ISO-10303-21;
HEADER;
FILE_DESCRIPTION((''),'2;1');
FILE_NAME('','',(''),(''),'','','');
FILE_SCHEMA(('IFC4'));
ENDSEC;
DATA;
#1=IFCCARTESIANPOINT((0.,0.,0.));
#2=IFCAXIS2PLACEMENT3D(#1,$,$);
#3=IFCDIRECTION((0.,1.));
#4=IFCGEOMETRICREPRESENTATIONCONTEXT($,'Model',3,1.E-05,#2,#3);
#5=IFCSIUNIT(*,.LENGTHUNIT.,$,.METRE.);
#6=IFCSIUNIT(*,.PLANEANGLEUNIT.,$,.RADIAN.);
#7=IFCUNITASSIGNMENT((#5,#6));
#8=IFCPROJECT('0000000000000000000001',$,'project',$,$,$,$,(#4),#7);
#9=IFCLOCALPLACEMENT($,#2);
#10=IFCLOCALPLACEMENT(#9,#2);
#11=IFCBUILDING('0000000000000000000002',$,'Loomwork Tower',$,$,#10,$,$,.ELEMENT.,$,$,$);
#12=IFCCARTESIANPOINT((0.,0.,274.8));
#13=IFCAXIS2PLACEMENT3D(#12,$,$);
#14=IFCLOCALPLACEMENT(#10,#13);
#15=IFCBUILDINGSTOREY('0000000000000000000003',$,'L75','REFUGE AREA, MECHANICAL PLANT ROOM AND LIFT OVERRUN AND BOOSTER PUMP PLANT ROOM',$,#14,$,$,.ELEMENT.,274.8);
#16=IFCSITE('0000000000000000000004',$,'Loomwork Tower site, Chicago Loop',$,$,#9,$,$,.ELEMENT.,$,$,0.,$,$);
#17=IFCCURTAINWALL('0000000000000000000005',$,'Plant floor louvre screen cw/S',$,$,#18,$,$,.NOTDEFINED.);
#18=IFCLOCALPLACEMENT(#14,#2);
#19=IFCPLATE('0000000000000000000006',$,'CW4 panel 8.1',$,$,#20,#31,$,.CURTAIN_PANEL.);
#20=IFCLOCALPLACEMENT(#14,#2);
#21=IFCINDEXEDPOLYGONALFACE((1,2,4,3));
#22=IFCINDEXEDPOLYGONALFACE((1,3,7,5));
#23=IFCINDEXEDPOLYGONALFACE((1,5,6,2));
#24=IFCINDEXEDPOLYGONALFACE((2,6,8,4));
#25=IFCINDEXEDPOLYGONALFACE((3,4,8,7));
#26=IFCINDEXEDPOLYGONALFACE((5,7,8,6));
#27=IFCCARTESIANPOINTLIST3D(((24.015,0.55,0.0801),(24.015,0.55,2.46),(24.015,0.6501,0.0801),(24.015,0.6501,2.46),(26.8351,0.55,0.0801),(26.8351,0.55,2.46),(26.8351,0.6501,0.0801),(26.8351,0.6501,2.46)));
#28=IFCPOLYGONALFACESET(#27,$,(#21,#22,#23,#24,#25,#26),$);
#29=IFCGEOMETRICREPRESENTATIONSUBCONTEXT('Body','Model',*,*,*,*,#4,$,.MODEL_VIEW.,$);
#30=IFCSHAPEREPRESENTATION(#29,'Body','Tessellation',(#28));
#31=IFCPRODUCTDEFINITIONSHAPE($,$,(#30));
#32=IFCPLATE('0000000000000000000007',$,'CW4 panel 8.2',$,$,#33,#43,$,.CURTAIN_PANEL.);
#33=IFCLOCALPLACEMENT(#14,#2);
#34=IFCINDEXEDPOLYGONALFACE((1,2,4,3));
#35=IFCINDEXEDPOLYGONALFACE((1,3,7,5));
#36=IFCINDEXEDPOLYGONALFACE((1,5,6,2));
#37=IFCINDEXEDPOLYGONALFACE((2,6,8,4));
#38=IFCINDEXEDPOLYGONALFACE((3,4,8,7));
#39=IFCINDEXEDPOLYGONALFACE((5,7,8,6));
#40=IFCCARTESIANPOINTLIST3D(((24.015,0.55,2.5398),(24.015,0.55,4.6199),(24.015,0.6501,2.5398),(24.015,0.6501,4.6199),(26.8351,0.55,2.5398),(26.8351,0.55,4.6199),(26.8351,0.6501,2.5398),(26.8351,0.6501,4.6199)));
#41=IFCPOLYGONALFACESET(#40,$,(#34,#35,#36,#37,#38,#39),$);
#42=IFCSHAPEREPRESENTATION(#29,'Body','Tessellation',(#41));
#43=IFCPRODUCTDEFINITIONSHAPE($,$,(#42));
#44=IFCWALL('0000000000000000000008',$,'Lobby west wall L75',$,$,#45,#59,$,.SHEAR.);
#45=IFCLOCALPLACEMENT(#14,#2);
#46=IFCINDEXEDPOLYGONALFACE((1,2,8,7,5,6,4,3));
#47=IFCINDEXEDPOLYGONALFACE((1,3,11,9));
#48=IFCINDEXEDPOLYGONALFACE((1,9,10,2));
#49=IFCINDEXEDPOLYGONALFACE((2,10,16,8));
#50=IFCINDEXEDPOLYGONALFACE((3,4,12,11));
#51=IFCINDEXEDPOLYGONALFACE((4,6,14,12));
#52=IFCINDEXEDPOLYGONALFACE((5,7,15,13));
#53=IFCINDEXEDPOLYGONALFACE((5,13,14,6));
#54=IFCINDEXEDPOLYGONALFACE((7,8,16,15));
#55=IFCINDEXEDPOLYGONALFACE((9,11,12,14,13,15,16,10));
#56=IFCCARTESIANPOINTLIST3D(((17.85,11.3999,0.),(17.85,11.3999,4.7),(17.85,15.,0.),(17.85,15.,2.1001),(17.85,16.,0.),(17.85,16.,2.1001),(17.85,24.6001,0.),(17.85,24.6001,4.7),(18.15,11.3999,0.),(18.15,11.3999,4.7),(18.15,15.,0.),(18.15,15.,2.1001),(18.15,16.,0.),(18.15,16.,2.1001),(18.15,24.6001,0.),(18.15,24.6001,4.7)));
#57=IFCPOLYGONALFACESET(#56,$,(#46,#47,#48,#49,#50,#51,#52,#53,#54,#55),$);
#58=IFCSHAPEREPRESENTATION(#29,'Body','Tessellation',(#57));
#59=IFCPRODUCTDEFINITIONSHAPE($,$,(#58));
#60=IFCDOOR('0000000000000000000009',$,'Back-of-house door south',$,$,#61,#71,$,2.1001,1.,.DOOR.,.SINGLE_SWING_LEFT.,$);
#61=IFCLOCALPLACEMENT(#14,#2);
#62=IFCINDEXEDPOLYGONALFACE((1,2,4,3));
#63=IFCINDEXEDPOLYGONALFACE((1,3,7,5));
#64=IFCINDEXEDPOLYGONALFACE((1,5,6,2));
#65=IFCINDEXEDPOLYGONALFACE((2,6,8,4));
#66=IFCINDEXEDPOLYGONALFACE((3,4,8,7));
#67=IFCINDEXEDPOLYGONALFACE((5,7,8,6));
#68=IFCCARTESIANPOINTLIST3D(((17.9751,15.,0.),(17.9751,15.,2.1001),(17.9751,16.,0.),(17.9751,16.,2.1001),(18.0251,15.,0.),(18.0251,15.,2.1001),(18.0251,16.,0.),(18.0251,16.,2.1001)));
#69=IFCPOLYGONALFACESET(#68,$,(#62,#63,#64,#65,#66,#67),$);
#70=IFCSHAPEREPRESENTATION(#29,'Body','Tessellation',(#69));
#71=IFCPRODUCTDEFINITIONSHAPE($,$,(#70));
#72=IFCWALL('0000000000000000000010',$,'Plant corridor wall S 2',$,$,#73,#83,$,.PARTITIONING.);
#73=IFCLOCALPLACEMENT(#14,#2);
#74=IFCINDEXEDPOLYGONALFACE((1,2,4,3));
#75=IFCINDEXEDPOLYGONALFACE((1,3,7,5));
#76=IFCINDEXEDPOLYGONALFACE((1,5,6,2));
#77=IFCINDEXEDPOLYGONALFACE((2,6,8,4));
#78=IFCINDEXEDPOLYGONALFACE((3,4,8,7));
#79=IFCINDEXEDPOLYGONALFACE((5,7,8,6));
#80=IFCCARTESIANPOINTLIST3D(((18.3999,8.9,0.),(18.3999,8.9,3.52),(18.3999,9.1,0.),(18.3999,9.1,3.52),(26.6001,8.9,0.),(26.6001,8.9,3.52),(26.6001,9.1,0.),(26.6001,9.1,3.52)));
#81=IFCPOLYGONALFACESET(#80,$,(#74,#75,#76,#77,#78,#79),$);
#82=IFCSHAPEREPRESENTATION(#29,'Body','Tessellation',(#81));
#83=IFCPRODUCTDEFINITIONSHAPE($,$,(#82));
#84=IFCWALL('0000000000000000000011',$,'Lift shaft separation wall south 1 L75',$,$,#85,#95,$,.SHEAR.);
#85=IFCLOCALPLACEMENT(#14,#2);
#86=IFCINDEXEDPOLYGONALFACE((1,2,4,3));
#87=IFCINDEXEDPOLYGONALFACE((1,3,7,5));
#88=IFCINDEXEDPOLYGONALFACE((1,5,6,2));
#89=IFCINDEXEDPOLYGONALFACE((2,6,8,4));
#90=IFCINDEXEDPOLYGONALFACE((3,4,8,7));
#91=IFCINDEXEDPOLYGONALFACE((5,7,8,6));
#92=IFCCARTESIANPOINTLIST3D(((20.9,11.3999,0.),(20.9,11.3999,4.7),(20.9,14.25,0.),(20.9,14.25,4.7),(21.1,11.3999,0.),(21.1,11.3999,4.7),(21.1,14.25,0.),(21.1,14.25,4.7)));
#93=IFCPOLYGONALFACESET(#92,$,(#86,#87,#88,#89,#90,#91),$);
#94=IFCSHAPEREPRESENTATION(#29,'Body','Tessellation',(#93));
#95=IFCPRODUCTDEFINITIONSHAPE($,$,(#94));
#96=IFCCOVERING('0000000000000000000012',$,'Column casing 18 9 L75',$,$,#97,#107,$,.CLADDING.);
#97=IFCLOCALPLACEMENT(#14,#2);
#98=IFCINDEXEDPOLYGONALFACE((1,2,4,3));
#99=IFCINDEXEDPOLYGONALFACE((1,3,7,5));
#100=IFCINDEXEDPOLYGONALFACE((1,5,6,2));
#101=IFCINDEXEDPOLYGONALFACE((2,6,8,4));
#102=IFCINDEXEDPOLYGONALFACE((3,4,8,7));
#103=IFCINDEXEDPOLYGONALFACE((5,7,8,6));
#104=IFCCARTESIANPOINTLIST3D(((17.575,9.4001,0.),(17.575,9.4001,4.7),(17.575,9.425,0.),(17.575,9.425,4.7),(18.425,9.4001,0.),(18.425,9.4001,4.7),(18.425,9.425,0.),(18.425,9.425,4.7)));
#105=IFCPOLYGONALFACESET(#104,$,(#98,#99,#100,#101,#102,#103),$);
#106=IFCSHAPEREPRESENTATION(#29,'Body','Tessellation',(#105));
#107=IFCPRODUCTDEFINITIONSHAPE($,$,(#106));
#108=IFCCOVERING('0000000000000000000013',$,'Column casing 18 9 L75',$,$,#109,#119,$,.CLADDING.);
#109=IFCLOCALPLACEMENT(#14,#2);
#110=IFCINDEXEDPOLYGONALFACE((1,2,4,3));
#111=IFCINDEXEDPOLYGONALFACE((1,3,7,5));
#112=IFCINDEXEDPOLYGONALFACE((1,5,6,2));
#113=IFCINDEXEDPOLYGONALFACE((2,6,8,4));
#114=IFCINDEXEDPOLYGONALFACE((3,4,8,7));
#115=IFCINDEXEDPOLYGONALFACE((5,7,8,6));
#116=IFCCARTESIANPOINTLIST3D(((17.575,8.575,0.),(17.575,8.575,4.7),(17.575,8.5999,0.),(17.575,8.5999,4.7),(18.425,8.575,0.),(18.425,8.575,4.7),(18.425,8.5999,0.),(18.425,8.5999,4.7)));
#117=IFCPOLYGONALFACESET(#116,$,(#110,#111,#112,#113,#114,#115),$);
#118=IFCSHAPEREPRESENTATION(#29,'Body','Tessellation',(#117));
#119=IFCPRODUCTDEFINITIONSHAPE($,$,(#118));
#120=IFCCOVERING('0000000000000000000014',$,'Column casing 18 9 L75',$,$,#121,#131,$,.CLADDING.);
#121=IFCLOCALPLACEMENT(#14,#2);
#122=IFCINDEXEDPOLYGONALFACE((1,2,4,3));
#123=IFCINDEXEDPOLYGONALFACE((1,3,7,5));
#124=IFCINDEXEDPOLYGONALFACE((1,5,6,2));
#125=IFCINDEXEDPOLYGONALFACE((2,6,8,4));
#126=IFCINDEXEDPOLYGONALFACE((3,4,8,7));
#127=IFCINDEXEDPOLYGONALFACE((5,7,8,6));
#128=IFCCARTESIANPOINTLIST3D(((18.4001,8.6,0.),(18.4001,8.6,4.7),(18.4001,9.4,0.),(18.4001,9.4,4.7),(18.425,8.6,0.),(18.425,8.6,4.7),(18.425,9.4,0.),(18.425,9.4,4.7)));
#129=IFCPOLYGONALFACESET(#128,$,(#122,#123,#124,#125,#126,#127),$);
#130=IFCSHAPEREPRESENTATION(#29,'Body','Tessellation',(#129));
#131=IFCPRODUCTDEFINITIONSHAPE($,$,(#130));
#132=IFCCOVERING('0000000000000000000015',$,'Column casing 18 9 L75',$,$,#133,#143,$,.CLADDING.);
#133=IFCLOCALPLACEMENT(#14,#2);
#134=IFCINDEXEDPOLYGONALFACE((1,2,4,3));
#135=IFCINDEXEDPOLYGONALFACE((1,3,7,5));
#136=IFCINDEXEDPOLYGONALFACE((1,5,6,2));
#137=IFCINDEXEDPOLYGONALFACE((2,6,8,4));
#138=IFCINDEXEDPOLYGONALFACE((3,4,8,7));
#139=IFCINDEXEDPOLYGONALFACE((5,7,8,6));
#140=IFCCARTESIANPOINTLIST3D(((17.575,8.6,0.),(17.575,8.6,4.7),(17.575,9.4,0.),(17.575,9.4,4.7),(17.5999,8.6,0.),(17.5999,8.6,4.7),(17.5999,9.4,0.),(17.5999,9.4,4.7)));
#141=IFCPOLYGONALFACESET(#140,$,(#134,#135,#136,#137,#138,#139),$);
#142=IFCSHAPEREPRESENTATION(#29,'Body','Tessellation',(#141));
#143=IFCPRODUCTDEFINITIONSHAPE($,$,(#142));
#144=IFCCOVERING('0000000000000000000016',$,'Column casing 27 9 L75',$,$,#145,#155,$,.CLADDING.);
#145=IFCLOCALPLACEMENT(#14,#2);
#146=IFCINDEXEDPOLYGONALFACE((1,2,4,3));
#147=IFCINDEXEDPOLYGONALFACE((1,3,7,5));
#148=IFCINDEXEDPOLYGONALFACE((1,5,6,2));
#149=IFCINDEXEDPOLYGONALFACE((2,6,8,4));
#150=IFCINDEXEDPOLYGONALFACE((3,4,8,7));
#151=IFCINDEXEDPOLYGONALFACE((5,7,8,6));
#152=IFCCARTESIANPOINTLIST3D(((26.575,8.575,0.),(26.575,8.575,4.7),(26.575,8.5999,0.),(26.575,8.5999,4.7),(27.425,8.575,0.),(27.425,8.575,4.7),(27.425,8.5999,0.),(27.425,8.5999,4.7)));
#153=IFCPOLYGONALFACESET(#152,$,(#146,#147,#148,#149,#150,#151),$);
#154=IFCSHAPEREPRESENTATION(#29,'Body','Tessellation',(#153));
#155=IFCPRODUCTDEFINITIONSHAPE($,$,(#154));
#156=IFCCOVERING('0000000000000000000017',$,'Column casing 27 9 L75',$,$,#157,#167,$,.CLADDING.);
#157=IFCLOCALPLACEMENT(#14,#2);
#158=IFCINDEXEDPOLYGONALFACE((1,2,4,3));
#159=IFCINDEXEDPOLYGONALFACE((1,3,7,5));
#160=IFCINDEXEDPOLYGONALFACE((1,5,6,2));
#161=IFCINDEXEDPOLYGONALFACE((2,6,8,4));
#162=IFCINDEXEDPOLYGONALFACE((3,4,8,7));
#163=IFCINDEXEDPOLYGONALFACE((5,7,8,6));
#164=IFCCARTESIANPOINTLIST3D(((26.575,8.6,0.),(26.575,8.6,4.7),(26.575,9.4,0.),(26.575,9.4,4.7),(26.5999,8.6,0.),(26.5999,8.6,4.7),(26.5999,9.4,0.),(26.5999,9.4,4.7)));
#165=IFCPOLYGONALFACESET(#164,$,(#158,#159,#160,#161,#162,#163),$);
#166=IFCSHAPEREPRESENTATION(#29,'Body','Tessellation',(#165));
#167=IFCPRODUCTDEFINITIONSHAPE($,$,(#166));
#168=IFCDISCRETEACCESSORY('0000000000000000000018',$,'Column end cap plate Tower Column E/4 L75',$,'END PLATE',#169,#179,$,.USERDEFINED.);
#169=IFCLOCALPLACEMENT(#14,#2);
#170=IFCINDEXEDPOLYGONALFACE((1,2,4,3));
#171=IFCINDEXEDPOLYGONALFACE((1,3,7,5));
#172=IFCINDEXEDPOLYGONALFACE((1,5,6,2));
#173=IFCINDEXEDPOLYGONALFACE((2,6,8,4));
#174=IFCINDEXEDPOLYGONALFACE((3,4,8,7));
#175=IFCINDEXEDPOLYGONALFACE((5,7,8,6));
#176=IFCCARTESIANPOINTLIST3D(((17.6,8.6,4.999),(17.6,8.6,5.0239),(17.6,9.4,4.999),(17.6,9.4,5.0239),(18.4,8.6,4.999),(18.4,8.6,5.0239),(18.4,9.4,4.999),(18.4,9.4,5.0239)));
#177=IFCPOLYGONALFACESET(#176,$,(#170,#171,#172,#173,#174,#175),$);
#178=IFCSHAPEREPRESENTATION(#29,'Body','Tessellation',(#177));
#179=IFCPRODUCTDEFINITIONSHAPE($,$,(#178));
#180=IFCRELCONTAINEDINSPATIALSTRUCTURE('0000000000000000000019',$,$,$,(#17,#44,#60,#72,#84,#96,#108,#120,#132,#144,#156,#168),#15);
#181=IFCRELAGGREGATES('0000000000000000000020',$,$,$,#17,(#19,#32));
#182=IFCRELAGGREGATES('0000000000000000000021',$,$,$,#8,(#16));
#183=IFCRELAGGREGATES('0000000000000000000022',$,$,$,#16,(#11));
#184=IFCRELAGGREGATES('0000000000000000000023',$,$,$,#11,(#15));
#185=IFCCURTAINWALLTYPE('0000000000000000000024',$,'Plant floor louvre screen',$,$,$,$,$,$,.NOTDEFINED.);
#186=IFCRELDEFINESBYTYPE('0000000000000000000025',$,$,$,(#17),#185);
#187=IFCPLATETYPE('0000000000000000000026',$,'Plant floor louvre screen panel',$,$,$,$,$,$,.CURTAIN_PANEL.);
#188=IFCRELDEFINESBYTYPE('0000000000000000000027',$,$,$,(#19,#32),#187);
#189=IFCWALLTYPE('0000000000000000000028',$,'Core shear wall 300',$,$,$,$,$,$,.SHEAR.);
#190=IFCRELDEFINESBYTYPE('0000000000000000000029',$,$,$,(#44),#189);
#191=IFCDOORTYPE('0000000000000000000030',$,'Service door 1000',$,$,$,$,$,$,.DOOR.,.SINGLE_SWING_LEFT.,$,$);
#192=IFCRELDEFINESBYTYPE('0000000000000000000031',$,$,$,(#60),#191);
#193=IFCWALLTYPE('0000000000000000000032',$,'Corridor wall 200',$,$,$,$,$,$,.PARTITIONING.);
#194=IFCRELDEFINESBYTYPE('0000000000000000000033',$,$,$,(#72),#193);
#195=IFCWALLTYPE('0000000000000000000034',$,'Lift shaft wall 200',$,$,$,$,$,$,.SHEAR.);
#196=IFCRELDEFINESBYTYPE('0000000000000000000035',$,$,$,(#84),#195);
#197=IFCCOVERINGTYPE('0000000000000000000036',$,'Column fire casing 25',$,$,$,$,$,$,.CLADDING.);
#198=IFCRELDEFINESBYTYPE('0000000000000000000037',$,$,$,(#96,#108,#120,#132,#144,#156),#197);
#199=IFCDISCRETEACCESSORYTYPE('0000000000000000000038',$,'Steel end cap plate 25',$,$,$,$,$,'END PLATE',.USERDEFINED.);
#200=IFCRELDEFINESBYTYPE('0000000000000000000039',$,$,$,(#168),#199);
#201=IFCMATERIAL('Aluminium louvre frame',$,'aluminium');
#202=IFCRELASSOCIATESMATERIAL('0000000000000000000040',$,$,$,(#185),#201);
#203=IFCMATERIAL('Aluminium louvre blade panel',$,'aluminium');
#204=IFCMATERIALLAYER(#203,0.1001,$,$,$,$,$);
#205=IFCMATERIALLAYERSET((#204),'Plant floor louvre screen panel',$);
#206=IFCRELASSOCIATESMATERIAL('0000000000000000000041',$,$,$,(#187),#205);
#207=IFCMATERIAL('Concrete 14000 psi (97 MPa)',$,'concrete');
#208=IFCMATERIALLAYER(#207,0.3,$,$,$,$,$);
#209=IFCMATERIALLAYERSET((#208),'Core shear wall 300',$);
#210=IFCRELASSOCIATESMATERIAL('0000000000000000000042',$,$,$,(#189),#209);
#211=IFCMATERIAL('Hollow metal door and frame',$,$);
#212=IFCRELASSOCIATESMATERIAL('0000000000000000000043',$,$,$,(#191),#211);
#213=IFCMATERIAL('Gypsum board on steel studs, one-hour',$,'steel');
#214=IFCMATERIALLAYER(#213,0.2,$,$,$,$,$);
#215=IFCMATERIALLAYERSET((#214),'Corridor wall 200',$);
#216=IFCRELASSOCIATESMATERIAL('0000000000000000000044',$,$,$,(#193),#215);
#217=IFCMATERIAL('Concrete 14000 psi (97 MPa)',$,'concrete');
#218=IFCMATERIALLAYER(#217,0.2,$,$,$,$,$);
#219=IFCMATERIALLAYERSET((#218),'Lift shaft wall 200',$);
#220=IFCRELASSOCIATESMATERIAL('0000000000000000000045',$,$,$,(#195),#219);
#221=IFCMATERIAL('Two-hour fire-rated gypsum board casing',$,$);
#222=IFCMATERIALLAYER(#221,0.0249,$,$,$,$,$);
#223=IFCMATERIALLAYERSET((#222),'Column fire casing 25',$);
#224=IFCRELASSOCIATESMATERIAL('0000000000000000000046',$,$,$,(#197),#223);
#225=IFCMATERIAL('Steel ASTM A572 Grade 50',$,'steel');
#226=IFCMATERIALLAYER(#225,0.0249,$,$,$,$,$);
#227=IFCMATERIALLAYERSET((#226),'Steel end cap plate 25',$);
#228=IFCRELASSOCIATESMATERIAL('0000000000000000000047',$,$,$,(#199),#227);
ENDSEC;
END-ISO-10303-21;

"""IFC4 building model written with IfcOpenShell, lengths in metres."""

from ifc_helpers import new_model, si_unit, direction, frame, frame_2d, origin, origin_2d, place, context, subcontext, project, spatial, rectangle, extrude, material, layer, layer_set, type_object, element, fill, aggregate, save


model = new_model("IFC4")

# Units and contexts
model_context = context("Model", 3, precision=1e-05, world=origin(), true_north=direction((0.0, 1.0)))
body_context = subcontext(model_context, "Body", "Model", "MODEL_VIEW")
ifc_project = project(units=[si_unit("LENGTHUNIT", "METRE"), si_unit("PLANEANGLEUNIT", "RADIAN")], contexts=[model_context])

# Site, building, storey
site_placement = place(None, origin())
site = spatial("IfcSite", under=ifc_project, at=site_placement, Name="Loomwork Tower site, Chicago Loop", CompositionType="ELEMENT", RefElevation=0.0)
building_placement = place(site_placement, origin())
building = spatial("IfcBuilding", under=site, at=building_placement, Name="Loomwork Tower", CompositionType="ELEMENT")
storey_placement = place(building_placement, frame((0.0, 0.0, 274.8)))
storey = spatial("IfcBuildingStorey", under=building, at=storey_placement, Name="L75", Description="REFUGE AREA, MECHANICAL PLANT ROOM AND LIFT OVERRUN AND BOOSTER PUMP PLANT ROOM", CompositionType="ELEMENT", Elevation=274.8)

# Curtain wall, plates
ifc_material_1 = material(Name="Aluminium louvre frame", Category="aluminium")
curtain_wall_type = type_object("IfcCurtainWallType", Name="Plant floor louvre screen", PredefinedType="NOTDEFINED", material=ifc_material_1)
curtain_wall_placement = place(storey_placement, origin())
curtain_wall = element("IfcCurtainWall", 1, at=curtain_wall_placement, inside=storey, type_object=curtain_wall_type, Name="Plant floor louvre screen cw/S", PredefinedType="NOTDEFINED")
ifc_material_2 = material(Name="Aluminium louvre blade panel", Category="aluminium")
ifc_layer_1 = layer(ifc_material_2, 0.1001)
ifc_layer_set_1 = layer_set([ifc_layer_1], Name="Plant floor louvre screen panel")
plate_type = type_object("IfcPlateType", Name="Plant floor louvre screen panel", PredefinedType="CURTAIN_PANEL", material=ifc_layer_set_1)
plate_1_placement = place(storey_placement, frame((25.425, 0.6001, 0.0801), z_axis=(0.0, 0.0, 1.0), x_axis=(1.0, 0.0, 0.0)))
plate_1 = element("IfcPlate", 2, at=plate_1_placement, type_object=plate_type, Name="CW4 panel 8.1", PredefinedType="CURTAIN_PANEL", context=body_context, shape_type="SweptSolid", body=[
    extrude(rectangle(XDim=2.8201, YDim=0.1001, at=origin_2d()), origin(), (0.0, 0.0, 1.0), 2.3799),
])
plate_2_placement = place(storey_placement, frame((25.425, 0.6001, 2.5398), z_axis=(0.0, 0.0, 1.0), x_axis=(1.0, 0.0, 0.0)))
plate_2 = element("IfcPlate", 3, at=plate_2_placement, type_object=plate_type, Name="CW4 panel 8.2", PredefinedType="CURTAIN_PANEL", context=body_context, shape_type="SweptSolid", body=[
    extrude(rectangle(XDim=2.8201, YDim=0.1001, at=origin_2d()), origin(), (0.0, 0.0, 1.0), 2.0801),
])
aggregate(curtain_wall, [plate_1, plate_2])

# Wall, opening, door
ifc_material_3 = material(Name="Concrete 14000 psi (97 MPa)", Category="concrete")
ifc_layer_2 = layer(ifc_material_3, 0.3)
ifc_layer_set_2 = layer_set([ifc_layer_2], Name="Core shear wall 300")
wall_type_1 = type_object("IfcWallType", Name="Core shear wall 300", PredefinedType="SHEAR", material=ifc_layer_set_2)
wall_1_placement = place(storey_placement, frame((18.0, 11.3999, 0.0), z_axis=(0.0, 0.0, 1.0), x_axis=(0.0, 1.0, 0.0)))
wall_1 = element("IfcWall", 4, at=wall_1_placement, inside=storey, type_object=wall_type_1, Name="Lobby west wall L75", PredefinedType="SHEAR", context=body_context, shape_type="SweptSolid", body=[
    extrude(rectangle(XDim=13.2002, YDim=0.3, at=frame_2d((6.6001, 0.0))), origin(), (0.0, 0.0, 1.0), 4.7),
])
opening_placement = place(wall_1_placement, frame((3.6001, 0.0, 0.0)))
opening = element("IfcOpeningElement", 5, at=opening_placement, cuts=wall_1, PredefinedType="OPENING", context=body_context, shape_type="SweptSolid", body=[
    extrude(rectangle(XDim=1.0, YDim=2.1001, at=frame_2d((0.5, 1.05))), frame((0.0, 0.1599, 0.0), z_axis=(0.0, -1.0, 0.0), x_axis=(1.0, 0.0, 0.0)), (0.0, 0.0, 1.0), 0.3201),
])
ifc_material_4 = material(Name="Hollow metal door and frame")
door_type = type_object("IfcDoorType", Name="Service door 1000", OperationType="SINGLE_SWING_LEFT", PredefinedType="DOOR", material=ifc_material_4)
door_placement = place(opening_placement, origin())
door = element("IfcDoor", 6, at=door_placement, inside=storey, type_object=door_type, Name="Back-of-house door south", OperationType="SINGLE_SWING_LEFT", OverallHeight=2.1001, OverallWidth=1.0, PredefinedType="DOOR", context=body_context, shape_type="SweptSolid", body=[
    extrude(rectangle(XDim=1.0, YDim=2.1001, at=frame_2d((0.5, 1.05))), frame((0.0, 0.0249, 0.0), z_axis=(0.0, -1.0, 0.0), x_axis=(1.0, 0.0, 0.0)), (0.0, 0.0, 1.0), 0.05),
])
fill(opening, door)

# Walls
ifc_material_5 = material(Name="Gypsum board on steel studs, one-hour", Category="steel")
ifc_layer_3 = layer(ifc_material_5, 0.2)
ifc_layer_set_3 = layer_set([ifc_layer_3], Name="Corridor wall 200")
wall_type_2 = type_object("IfcWallType", Name="Corridor wall 200", PredefinedType="PARTITIONING", material=ifc_layer_set_3)
wall_2_placement = place(storey_placement, frame((18.3999, 9.0, 0.0), z_axis=(0.0, 0.0, 1.0), x_axis=(1.0, 0.0, 0.0)))
element("IfcWall", 7, at=wall_2_placement, inside=storey, type_object=wall_type_2, Name="Plant corridor wall S 2", PredefinedType="PARTITIONING", context=body_context, shape_type="SweptSolid", body=[
    extrude(rectangle(XDim=8.2002, YDim=0.2, at=frame_2d((4.1001, 0.0))), origin(), (0.0, 0.0, 1.0), 3.52),
])
ifc_material_6 = material(Name="Concrete 14000 psi (97 MPa)", Category="concrete")
ifc_layer_4 = layer(ifc_material_6, 0.2)
ifc_layer_set_4 = layer_set([ifc_layer_4], Name="Lift shaft wall 200")
wall_type_3 = type_object("IfcWallType", Name="Lift shaft wall 200", PredefinedType="SHEAR", material=ifc_layer_set_4)
wall_3_placement = place(storey_placement, frame((21.0, 11.3999, 0.0), z_axis=(0.0, 0.0, 1.0), x_axis=(0.0, 1.0, 0.0)))
element("IfcWall", 8, at=wall_3_placement, inside=storey, type_object=wall_type_3, Name="Lift shaft separation wall south 1 L75", PredefinedType="SHEAR", context=body_context, shape_type="SweptSolid", body=[
    extrude(rectangle(XDim=2.8501, YDim=0.2, at=frame_2d((1.425, 0.0))), origin(), (0.0, 0.0, 1.0), 4.7),
])

# Coverings
ifc_material_7 = material(Name="Two-hour fire-rated gypsum board casing")
ifc_layer_5 = layer(ifc_material_7, 0.0249)
ifc_layer_set_5 = layer_set([ifc_layer_5], Name="Column fire casing 25")
covering_type = type_object("IfcCoveringType", Name="Column fire casing 25", PredefinedType="CLADDING", material=ifc_layer_set_5)
for number, where, z_axis, x_axis, name in (
    (9, (18.0, 9.4126, 0.0), (0.0, 0.0, 1.0), (1.0, 0.0, 0.0), "Column casing 18 9 L75"),
    (10, (18.0, 8.5874, 0.0), (0.0, 0.0, 1.0), (1.0, 0.0, 0.0), "Column casing 18 9 L75"),
):
    element("IfcCovering", number, at=place(storey_placement, frame(where, z_axis=z_axis, x_axis=x_axis)), inside=storey, type_object=covering_type, Name=name, PredefinedType="CLADDING", context=body_context, shape_type="SweptSolid", body=[
        extrude(rectangle(XDim=0.8501, YDim=0.0249, at=origin_2d()), origin(), (0.0, 0.0, 1.0), 4.7),
    ])
for number, where, z_axis, x_axis, name in (
    (11, (18.4126, 9.0, 0.0), (0.0, 0.0, 1.0), (1.0, 0.0, 0.0), "Column casing 18 9 L75"),
    (12, (17.5874, 9.0, 0.0), (0.0, 0.0, 1.0), (1.0, 0.0, 0.0), "Column casing 18 9 L75"),
):
    element("IfcCovering", number, at=place(storey_placement, frame(where, z_axis=z_axis, x_axis=x_axis)), inside=storey, type_object=covering_type, Name=name, PredefinedType="CLADDING", context=body_context, shape_type="SweptSolid", body=[
        extrude(rectangle(XDim=0.0249, YDim=0.8, at=origin_2d()), origin(), (0.0, 0.0, 1.0), 4.7),
    ])
covering_1_placement = place(storey_placement, frame((27.0, 8.5874, 0.0), z_axis=(0.0, 0.0, 1.0), x_axis=(1.0, 0.0, 0.0)))
element("IfcCovering", 13, at=covering_1_placement, inside=storey, type_object=covering_type, Name="Column casing 27 9 L75", PredefinedType="CLADDING", context=body_context, shape_type="SweptSolid", body=[
    extrude(rectangle(XDim=0.8501, YDim=0.0249, at=origin_2d()), origin(), (0.0, 0.0, 1.0), 4.7),
])
covering_2_placement = place(storey_placement, frame((26.5874, 9.0, 0.0), z_axis=(0.0, 0.0, 1.0), x_axis=(1.0, 0.0, 0.0)))
element("IfcCovering", 14, at=covering_2_placement, inside=storey, type_object=covering_type, Name="Column casing 27 9 L75", PredefinedType="CLADDING", context=body_context, shape_type="SweptSolid", body=[
    extrude(rectangle(XDim=0.0249, YDim=0.8, at=origin_2d()), origin(), (0.0, 0.0, 1.0), 4.7),
])

# Discrete accessory
ifc_material_8 = material(Name="Steel ASTM A572 Grade 50", Category="steel")
ifc_layer_6 = layer(ifc_material_8, 0.0249)
ifc_layer_set_6 = layer_set([ifc_layer_6], Name="Steel end cap plate 25")
discrete_accessory_type = type_object("IfcDiscreteAccessoryType", Name="Steel end cap plate 25", ElementType="END PLATE", PredefinedType="USERDEFINED", material=ifc_layer_set_6)
discrete_accessory_placement = place(storey_placement, frame((18.0, 9.0, 4.999), z_axis=(0.0, 0.0, 1.0), x_axis=(1.0, 0.0, 0.0)))
element("IfcDiscreteAccessory", 15, at=discrete_accessory_placement, inside=storey, type_object=discrete_accessory_type, Name="Column end cap plate Tower Column E/4 L75", ObjectType="END PLATE", PredefinedType="USERDEFINED", context=body_context, shape_type="SweptSolid", body=[
    extrude(rectangle(XDim=0.8, YDim=0.8, at=origin_2d()), origin(), (0.0, 0.0, 1.0), 0.0249),
])

save(model, "model.ifc")
